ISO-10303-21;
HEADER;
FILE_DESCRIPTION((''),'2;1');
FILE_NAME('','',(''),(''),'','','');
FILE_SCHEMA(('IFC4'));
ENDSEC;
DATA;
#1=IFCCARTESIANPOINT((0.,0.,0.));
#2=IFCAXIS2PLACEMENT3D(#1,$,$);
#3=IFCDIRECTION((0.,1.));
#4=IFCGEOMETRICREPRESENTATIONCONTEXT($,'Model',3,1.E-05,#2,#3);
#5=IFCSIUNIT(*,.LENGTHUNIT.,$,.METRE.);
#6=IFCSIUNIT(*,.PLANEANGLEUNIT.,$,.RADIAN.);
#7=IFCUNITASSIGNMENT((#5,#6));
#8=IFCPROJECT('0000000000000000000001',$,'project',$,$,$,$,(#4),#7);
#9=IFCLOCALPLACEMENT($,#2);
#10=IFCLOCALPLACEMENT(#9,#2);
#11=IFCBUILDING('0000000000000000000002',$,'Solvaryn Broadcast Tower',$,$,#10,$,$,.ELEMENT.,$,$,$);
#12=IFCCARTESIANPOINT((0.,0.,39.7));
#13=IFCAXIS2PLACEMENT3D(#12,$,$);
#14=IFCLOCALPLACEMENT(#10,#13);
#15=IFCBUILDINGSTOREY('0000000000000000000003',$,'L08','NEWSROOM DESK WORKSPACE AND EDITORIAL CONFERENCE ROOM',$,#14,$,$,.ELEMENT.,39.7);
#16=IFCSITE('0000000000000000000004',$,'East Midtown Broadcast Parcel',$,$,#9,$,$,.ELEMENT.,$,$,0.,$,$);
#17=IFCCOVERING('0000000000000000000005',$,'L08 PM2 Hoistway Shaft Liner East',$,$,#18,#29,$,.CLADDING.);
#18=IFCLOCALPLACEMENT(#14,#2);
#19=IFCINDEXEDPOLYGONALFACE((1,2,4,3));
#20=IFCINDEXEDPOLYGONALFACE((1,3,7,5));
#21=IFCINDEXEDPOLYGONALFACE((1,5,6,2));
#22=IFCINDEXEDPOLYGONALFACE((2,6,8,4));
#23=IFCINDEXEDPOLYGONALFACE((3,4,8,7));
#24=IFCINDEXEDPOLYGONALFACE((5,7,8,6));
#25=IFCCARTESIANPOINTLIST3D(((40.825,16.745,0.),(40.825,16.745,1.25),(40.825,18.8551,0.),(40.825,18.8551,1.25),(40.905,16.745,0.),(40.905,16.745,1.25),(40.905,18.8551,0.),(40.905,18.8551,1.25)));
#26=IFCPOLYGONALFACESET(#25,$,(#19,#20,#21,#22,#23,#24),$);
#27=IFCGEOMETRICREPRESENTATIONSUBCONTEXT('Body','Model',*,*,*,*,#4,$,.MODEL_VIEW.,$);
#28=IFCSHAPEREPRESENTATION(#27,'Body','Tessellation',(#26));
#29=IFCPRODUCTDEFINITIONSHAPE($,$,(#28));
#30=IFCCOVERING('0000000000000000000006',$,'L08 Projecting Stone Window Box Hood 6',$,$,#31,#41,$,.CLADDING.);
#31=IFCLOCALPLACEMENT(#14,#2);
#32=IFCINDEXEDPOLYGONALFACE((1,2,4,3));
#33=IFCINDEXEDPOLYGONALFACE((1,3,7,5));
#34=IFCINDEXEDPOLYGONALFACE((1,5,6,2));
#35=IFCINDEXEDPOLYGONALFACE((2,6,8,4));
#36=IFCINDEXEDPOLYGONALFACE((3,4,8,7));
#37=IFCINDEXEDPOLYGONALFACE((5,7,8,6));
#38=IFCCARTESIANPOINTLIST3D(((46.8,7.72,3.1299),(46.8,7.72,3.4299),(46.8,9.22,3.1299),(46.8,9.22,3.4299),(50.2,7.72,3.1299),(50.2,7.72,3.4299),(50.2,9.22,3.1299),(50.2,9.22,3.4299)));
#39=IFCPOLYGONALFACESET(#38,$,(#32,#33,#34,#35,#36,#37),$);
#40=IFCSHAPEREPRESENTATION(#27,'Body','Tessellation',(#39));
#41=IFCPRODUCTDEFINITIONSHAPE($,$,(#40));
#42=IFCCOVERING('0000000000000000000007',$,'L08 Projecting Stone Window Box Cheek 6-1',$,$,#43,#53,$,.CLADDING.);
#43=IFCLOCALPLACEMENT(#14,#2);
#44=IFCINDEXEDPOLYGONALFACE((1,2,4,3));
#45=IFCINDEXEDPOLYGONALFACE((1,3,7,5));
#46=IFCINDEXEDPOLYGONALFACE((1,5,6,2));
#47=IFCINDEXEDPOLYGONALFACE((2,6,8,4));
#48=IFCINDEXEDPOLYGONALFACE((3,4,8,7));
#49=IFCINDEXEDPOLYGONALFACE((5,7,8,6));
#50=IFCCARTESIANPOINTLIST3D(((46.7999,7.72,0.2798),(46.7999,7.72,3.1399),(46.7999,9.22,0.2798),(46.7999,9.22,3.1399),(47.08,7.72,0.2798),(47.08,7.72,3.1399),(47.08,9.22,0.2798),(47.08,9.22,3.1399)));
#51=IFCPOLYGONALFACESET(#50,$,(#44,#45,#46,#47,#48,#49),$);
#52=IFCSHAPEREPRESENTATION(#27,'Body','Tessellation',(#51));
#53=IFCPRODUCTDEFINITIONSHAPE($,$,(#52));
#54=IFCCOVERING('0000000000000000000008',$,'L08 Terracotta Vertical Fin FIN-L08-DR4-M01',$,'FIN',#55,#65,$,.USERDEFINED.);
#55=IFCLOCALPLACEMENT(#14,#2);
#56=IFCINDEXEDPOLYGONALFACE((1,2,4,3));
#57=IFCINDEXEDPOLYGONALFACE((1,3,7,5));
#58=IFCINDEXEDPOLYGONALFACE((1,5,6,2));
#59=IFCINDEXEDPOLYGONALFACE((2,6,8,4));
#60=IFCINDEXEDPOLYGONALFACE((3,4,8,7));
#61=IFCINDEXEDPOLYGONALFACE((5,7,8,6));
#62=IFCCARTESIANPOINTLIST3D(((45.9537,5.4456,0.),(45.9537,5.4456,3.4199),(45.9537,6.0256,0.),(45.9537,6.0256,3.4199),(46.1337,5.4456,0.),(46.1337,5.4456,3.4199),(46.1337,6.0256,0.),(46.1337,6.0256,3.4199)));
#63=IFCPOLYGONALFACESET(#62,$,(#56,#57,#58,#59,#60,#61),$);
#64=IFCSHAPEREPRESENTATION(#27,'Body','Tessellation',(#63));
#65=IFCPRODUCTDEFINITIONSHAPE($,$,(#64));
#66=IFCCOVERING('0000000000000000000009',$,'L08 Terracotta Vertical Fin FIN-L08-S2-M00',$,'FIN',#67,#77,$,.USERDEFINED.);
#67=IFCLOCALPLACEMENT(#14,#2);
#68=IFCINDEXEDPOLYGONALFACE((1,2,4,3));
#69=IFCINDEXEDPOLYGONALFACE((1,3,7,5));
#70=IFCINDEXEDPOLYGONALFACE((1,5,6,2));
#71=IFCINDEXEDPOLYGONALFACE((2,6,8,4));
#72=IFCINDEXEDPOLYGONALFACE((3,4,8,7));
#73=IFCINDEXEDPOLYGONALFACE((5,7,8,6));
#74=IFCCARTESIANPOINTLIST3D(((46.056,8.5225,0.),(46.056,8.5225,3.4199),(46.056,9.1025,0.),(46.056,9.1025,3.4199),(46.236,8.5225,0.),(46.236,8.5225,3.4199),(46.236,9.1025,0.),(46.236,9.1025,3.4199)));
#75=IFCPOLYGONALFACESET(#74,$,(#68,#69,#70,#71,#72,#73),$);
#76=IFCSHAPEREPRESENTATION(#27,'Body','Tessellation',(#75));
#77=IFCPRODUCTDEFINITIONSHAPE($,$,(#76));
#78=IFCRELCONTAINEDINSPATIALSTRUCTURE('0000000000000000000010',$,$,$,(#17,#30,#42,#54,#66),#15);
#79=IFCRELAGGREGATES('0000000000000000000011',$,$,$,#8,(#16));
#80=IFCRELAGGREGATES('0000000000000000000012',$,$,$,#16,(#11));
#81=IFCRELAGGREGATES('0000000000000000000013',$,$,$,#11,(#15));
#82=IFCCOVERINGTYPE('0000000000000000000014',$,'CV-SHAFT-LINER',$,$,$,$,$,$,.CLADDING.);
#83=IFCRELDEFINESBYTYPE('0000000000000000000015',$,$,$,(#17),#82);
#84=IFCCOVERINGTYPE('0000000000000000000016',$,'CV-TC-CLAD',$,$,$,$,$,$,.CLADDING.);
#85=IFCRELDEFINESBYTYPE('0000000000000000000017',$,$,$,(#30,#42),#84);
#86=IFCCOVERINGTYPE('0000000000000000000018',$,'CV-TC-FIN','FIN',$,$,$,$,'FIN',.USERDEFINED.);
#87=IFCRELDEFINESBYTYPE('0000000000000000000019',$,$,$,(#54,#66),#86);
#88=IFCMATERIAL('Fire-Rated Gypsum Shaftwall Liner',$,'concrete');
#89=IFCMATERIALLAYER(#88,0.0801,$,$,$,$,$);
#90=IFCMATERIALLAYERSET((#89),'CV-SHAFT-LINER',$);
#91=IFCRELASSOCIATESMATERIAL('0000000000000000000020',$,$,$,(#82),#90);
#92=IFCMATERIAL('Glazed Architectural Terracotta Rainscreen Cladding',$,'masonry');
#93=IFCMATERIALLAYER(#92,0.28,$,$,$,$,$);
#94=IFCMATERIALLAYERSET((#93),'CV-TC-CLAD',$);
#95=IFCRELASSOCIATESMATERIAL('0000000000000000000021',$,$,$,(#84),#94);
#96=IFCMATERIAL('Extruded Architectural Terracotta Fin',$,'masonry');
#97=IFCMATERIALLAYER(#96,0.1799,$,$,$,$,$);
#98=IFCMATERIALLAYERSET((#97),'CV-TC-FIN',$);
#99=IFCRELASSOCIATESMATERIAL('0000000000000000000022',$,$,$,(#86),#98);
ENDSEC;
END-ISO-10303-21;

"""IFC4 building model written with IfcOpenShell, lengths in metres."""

from ifc_helpers import new_model, si_unit, direction, frame, origin, origin_2d, place, context, subcontext, project, spatial, rectangle, extrude, material, layer, layer_set, type_object, element, save


model = new_model("IFC4")

# Units and contexts
model_context = context("Model", 3, precision=1e-05, world=origin(), true_north=direction((0.0, 1.0)))
body_context = subcontext(model_context, "Body", "Model", "MODEL_VIEW")
ifc_project = project(units=[si_unit("LENGTHUNIT", "METRE"), si_unit("PLANEANGLEUNIT", "RADIAN")], contexts=[model_context])

# Site, building, storey
site_placement = place(None, origin())
site = spatial("IfcSite", under=ifc_project, at=site_placement, Name="East Midtown Broadcast Parcel", CompositionType="ELEMENT", RefElevation=0.0)
building_placement = place(site_placement, origin())
building = spatial("IfcBuilding", under=site, at=building_placement, Name="Solvaryn Broadcast Tower", CompositionType="ELEMENT")
storey_placement = place(building_placement, frame((0.0, 0.0, 39.7)))
storey = spatial("IfcBuildingStorey", under=building, at=storey_placement, Name="L08", Description="NEWSROOM DESK WORKSPACE AND EDITORIAL CONFERENCE ROOM", CompositionType="ELEMENT", Elevation=39.7)

# Coverings
ifc_material_1 = material(Name="Fire-Rated Gypsum Shaftwall Liner", Category="concrete")
ifc_layer_1 = layer(ifc_material_1, 0.0801)
ifc_layer_set_1 = layer_set([ifc_layer_1], Name="CV-SHAFT-LINER")
covering_type_1 = type_object("IfcCoveringType", Name="CV-SHAFT-LINER", PredefinedType="CLADDING", material=ifc_layer_set_1)
covering_1_placement = place(storey_placement, frame((40.865, 17.8, 0.0), z_axis=(0.0, 0.0, 1.0), x_axis=(1.0, 0.0, 0.0)))
element("IfcCovering", 1, at=covering_1_placement, inside=storey, type_object=covering_type_1, Name="L08 PM2 Hoistway Shaft Liner East", PredefinedType="CLADDING", context=body_context, shape_type="SweptSolid", body=[
    extrude(rectangle(XDim=0.0801, YDim=2.1101, at=origin_2d()), origin(), (0.0, 0.0, 1.0), 1.25),
])
ifc_material_2 = material(Name="Glazed Architectural Terracotta Rainscreen Cladding", Category="masonry")
ifc_layer_2 = layer(ifc_material_2, 0.28)
ifc_layer_set_2 = layer_set([ifc_layer_2], Name="CV-TC-CLAD")
covering_type_2 = type_object("IfcCoveringType", Name="CV-TC-CLAD", PredefinedType="CLADDING", material=ifc_layer_set_2)
covering_2_placement = place(storey_placement, frame((48.5, 8.47, 3.1299), z_axis=(0.0, 0.0, 1.0), x_axis=(1.0, 0.0, 0.0)))
element("IfcCovering", 2, at=covering_2_placement, inside=storey, type_object=covering_type_2, Name="L08 Projecting Stone Window Box Hood 6", PredefinedType="CLADDING", context=body_context, shape_type="SweptSolid", body=[
    extrude(rectangle(XDim=3.3999, YDim=1.5, at=origin_2d()), origin(), (0.0, 0.0, 1.0), 0.3),
])
covering_3_placement = place(storey_placement, frame((46.9399, 8.47, 0.2798), z_axis=(0.0, 0.0, 1.0), x_axis=(1.0, 0.0, 0.0)))
element("IfcCovering", 3, at=covering_3_placement, inside=storey, type_object=covering_type_2, Name="L08 Projecting Stone Window Box Cheek 6-1", PredefinedType="CLADDING", context=body_context, shape_type="SweptSolid", body=[
    extrude(rectangle(XDim=0.28, YDim=1.5, at=origin_2d()), origin(), (0.0, 0.0, 1.0), 2.8601),
])
ifc_material_3 = material(Name="Extruded Architectural Terracotta Fin", Category="masonry")
ifc_layer_3 = layer(ifc_material_3, 0.1799)
ifc_layer_set_3 = layer_set([ifc_layer_3], Name="CV-TC-FIN")
covering_type_3 = type_object("IfcCoveringType", Name="CV-TC-FIN", Description="FIN", ElementType="FIN", PredefinedType="USERDEFINED", material=ifc_layer_set_3)
for number, where, z_axis, x_axis, name in (
    (4, (46.0437, 5.7356, 0.0), (0.0, 0.0, 1.0), (1.0, 0.0, 0.0), "L08 Terracotta Vertical Fin FIN-L08-DR4-M01"),
    (5, (46.146, 8.8125, 0.0), (0.0, 0.0, 1.0), (1.0, 0.0, 0.0), "L08 Terracotta Vertical Fin FIN-L08-S2-M00"),
):
    element("IfcCovering", number, at=place(storey_placement, frame(where, z_axis=z_axis, x_axis=x_axis)), inside=storey, type_object=covering_type_3, Name=name, ObjectType="FIN", PredefinedType="USERDEFINED", context=body_context, shape_type="SweptSolid", body=[
        extrude(rectangle(XDim=0.1799, YDim=0.5801, at=origin_2d()), origin(), (0.0, 0.0, 1.0), 3.4199),
    ])

save(model, "model.ifc")
